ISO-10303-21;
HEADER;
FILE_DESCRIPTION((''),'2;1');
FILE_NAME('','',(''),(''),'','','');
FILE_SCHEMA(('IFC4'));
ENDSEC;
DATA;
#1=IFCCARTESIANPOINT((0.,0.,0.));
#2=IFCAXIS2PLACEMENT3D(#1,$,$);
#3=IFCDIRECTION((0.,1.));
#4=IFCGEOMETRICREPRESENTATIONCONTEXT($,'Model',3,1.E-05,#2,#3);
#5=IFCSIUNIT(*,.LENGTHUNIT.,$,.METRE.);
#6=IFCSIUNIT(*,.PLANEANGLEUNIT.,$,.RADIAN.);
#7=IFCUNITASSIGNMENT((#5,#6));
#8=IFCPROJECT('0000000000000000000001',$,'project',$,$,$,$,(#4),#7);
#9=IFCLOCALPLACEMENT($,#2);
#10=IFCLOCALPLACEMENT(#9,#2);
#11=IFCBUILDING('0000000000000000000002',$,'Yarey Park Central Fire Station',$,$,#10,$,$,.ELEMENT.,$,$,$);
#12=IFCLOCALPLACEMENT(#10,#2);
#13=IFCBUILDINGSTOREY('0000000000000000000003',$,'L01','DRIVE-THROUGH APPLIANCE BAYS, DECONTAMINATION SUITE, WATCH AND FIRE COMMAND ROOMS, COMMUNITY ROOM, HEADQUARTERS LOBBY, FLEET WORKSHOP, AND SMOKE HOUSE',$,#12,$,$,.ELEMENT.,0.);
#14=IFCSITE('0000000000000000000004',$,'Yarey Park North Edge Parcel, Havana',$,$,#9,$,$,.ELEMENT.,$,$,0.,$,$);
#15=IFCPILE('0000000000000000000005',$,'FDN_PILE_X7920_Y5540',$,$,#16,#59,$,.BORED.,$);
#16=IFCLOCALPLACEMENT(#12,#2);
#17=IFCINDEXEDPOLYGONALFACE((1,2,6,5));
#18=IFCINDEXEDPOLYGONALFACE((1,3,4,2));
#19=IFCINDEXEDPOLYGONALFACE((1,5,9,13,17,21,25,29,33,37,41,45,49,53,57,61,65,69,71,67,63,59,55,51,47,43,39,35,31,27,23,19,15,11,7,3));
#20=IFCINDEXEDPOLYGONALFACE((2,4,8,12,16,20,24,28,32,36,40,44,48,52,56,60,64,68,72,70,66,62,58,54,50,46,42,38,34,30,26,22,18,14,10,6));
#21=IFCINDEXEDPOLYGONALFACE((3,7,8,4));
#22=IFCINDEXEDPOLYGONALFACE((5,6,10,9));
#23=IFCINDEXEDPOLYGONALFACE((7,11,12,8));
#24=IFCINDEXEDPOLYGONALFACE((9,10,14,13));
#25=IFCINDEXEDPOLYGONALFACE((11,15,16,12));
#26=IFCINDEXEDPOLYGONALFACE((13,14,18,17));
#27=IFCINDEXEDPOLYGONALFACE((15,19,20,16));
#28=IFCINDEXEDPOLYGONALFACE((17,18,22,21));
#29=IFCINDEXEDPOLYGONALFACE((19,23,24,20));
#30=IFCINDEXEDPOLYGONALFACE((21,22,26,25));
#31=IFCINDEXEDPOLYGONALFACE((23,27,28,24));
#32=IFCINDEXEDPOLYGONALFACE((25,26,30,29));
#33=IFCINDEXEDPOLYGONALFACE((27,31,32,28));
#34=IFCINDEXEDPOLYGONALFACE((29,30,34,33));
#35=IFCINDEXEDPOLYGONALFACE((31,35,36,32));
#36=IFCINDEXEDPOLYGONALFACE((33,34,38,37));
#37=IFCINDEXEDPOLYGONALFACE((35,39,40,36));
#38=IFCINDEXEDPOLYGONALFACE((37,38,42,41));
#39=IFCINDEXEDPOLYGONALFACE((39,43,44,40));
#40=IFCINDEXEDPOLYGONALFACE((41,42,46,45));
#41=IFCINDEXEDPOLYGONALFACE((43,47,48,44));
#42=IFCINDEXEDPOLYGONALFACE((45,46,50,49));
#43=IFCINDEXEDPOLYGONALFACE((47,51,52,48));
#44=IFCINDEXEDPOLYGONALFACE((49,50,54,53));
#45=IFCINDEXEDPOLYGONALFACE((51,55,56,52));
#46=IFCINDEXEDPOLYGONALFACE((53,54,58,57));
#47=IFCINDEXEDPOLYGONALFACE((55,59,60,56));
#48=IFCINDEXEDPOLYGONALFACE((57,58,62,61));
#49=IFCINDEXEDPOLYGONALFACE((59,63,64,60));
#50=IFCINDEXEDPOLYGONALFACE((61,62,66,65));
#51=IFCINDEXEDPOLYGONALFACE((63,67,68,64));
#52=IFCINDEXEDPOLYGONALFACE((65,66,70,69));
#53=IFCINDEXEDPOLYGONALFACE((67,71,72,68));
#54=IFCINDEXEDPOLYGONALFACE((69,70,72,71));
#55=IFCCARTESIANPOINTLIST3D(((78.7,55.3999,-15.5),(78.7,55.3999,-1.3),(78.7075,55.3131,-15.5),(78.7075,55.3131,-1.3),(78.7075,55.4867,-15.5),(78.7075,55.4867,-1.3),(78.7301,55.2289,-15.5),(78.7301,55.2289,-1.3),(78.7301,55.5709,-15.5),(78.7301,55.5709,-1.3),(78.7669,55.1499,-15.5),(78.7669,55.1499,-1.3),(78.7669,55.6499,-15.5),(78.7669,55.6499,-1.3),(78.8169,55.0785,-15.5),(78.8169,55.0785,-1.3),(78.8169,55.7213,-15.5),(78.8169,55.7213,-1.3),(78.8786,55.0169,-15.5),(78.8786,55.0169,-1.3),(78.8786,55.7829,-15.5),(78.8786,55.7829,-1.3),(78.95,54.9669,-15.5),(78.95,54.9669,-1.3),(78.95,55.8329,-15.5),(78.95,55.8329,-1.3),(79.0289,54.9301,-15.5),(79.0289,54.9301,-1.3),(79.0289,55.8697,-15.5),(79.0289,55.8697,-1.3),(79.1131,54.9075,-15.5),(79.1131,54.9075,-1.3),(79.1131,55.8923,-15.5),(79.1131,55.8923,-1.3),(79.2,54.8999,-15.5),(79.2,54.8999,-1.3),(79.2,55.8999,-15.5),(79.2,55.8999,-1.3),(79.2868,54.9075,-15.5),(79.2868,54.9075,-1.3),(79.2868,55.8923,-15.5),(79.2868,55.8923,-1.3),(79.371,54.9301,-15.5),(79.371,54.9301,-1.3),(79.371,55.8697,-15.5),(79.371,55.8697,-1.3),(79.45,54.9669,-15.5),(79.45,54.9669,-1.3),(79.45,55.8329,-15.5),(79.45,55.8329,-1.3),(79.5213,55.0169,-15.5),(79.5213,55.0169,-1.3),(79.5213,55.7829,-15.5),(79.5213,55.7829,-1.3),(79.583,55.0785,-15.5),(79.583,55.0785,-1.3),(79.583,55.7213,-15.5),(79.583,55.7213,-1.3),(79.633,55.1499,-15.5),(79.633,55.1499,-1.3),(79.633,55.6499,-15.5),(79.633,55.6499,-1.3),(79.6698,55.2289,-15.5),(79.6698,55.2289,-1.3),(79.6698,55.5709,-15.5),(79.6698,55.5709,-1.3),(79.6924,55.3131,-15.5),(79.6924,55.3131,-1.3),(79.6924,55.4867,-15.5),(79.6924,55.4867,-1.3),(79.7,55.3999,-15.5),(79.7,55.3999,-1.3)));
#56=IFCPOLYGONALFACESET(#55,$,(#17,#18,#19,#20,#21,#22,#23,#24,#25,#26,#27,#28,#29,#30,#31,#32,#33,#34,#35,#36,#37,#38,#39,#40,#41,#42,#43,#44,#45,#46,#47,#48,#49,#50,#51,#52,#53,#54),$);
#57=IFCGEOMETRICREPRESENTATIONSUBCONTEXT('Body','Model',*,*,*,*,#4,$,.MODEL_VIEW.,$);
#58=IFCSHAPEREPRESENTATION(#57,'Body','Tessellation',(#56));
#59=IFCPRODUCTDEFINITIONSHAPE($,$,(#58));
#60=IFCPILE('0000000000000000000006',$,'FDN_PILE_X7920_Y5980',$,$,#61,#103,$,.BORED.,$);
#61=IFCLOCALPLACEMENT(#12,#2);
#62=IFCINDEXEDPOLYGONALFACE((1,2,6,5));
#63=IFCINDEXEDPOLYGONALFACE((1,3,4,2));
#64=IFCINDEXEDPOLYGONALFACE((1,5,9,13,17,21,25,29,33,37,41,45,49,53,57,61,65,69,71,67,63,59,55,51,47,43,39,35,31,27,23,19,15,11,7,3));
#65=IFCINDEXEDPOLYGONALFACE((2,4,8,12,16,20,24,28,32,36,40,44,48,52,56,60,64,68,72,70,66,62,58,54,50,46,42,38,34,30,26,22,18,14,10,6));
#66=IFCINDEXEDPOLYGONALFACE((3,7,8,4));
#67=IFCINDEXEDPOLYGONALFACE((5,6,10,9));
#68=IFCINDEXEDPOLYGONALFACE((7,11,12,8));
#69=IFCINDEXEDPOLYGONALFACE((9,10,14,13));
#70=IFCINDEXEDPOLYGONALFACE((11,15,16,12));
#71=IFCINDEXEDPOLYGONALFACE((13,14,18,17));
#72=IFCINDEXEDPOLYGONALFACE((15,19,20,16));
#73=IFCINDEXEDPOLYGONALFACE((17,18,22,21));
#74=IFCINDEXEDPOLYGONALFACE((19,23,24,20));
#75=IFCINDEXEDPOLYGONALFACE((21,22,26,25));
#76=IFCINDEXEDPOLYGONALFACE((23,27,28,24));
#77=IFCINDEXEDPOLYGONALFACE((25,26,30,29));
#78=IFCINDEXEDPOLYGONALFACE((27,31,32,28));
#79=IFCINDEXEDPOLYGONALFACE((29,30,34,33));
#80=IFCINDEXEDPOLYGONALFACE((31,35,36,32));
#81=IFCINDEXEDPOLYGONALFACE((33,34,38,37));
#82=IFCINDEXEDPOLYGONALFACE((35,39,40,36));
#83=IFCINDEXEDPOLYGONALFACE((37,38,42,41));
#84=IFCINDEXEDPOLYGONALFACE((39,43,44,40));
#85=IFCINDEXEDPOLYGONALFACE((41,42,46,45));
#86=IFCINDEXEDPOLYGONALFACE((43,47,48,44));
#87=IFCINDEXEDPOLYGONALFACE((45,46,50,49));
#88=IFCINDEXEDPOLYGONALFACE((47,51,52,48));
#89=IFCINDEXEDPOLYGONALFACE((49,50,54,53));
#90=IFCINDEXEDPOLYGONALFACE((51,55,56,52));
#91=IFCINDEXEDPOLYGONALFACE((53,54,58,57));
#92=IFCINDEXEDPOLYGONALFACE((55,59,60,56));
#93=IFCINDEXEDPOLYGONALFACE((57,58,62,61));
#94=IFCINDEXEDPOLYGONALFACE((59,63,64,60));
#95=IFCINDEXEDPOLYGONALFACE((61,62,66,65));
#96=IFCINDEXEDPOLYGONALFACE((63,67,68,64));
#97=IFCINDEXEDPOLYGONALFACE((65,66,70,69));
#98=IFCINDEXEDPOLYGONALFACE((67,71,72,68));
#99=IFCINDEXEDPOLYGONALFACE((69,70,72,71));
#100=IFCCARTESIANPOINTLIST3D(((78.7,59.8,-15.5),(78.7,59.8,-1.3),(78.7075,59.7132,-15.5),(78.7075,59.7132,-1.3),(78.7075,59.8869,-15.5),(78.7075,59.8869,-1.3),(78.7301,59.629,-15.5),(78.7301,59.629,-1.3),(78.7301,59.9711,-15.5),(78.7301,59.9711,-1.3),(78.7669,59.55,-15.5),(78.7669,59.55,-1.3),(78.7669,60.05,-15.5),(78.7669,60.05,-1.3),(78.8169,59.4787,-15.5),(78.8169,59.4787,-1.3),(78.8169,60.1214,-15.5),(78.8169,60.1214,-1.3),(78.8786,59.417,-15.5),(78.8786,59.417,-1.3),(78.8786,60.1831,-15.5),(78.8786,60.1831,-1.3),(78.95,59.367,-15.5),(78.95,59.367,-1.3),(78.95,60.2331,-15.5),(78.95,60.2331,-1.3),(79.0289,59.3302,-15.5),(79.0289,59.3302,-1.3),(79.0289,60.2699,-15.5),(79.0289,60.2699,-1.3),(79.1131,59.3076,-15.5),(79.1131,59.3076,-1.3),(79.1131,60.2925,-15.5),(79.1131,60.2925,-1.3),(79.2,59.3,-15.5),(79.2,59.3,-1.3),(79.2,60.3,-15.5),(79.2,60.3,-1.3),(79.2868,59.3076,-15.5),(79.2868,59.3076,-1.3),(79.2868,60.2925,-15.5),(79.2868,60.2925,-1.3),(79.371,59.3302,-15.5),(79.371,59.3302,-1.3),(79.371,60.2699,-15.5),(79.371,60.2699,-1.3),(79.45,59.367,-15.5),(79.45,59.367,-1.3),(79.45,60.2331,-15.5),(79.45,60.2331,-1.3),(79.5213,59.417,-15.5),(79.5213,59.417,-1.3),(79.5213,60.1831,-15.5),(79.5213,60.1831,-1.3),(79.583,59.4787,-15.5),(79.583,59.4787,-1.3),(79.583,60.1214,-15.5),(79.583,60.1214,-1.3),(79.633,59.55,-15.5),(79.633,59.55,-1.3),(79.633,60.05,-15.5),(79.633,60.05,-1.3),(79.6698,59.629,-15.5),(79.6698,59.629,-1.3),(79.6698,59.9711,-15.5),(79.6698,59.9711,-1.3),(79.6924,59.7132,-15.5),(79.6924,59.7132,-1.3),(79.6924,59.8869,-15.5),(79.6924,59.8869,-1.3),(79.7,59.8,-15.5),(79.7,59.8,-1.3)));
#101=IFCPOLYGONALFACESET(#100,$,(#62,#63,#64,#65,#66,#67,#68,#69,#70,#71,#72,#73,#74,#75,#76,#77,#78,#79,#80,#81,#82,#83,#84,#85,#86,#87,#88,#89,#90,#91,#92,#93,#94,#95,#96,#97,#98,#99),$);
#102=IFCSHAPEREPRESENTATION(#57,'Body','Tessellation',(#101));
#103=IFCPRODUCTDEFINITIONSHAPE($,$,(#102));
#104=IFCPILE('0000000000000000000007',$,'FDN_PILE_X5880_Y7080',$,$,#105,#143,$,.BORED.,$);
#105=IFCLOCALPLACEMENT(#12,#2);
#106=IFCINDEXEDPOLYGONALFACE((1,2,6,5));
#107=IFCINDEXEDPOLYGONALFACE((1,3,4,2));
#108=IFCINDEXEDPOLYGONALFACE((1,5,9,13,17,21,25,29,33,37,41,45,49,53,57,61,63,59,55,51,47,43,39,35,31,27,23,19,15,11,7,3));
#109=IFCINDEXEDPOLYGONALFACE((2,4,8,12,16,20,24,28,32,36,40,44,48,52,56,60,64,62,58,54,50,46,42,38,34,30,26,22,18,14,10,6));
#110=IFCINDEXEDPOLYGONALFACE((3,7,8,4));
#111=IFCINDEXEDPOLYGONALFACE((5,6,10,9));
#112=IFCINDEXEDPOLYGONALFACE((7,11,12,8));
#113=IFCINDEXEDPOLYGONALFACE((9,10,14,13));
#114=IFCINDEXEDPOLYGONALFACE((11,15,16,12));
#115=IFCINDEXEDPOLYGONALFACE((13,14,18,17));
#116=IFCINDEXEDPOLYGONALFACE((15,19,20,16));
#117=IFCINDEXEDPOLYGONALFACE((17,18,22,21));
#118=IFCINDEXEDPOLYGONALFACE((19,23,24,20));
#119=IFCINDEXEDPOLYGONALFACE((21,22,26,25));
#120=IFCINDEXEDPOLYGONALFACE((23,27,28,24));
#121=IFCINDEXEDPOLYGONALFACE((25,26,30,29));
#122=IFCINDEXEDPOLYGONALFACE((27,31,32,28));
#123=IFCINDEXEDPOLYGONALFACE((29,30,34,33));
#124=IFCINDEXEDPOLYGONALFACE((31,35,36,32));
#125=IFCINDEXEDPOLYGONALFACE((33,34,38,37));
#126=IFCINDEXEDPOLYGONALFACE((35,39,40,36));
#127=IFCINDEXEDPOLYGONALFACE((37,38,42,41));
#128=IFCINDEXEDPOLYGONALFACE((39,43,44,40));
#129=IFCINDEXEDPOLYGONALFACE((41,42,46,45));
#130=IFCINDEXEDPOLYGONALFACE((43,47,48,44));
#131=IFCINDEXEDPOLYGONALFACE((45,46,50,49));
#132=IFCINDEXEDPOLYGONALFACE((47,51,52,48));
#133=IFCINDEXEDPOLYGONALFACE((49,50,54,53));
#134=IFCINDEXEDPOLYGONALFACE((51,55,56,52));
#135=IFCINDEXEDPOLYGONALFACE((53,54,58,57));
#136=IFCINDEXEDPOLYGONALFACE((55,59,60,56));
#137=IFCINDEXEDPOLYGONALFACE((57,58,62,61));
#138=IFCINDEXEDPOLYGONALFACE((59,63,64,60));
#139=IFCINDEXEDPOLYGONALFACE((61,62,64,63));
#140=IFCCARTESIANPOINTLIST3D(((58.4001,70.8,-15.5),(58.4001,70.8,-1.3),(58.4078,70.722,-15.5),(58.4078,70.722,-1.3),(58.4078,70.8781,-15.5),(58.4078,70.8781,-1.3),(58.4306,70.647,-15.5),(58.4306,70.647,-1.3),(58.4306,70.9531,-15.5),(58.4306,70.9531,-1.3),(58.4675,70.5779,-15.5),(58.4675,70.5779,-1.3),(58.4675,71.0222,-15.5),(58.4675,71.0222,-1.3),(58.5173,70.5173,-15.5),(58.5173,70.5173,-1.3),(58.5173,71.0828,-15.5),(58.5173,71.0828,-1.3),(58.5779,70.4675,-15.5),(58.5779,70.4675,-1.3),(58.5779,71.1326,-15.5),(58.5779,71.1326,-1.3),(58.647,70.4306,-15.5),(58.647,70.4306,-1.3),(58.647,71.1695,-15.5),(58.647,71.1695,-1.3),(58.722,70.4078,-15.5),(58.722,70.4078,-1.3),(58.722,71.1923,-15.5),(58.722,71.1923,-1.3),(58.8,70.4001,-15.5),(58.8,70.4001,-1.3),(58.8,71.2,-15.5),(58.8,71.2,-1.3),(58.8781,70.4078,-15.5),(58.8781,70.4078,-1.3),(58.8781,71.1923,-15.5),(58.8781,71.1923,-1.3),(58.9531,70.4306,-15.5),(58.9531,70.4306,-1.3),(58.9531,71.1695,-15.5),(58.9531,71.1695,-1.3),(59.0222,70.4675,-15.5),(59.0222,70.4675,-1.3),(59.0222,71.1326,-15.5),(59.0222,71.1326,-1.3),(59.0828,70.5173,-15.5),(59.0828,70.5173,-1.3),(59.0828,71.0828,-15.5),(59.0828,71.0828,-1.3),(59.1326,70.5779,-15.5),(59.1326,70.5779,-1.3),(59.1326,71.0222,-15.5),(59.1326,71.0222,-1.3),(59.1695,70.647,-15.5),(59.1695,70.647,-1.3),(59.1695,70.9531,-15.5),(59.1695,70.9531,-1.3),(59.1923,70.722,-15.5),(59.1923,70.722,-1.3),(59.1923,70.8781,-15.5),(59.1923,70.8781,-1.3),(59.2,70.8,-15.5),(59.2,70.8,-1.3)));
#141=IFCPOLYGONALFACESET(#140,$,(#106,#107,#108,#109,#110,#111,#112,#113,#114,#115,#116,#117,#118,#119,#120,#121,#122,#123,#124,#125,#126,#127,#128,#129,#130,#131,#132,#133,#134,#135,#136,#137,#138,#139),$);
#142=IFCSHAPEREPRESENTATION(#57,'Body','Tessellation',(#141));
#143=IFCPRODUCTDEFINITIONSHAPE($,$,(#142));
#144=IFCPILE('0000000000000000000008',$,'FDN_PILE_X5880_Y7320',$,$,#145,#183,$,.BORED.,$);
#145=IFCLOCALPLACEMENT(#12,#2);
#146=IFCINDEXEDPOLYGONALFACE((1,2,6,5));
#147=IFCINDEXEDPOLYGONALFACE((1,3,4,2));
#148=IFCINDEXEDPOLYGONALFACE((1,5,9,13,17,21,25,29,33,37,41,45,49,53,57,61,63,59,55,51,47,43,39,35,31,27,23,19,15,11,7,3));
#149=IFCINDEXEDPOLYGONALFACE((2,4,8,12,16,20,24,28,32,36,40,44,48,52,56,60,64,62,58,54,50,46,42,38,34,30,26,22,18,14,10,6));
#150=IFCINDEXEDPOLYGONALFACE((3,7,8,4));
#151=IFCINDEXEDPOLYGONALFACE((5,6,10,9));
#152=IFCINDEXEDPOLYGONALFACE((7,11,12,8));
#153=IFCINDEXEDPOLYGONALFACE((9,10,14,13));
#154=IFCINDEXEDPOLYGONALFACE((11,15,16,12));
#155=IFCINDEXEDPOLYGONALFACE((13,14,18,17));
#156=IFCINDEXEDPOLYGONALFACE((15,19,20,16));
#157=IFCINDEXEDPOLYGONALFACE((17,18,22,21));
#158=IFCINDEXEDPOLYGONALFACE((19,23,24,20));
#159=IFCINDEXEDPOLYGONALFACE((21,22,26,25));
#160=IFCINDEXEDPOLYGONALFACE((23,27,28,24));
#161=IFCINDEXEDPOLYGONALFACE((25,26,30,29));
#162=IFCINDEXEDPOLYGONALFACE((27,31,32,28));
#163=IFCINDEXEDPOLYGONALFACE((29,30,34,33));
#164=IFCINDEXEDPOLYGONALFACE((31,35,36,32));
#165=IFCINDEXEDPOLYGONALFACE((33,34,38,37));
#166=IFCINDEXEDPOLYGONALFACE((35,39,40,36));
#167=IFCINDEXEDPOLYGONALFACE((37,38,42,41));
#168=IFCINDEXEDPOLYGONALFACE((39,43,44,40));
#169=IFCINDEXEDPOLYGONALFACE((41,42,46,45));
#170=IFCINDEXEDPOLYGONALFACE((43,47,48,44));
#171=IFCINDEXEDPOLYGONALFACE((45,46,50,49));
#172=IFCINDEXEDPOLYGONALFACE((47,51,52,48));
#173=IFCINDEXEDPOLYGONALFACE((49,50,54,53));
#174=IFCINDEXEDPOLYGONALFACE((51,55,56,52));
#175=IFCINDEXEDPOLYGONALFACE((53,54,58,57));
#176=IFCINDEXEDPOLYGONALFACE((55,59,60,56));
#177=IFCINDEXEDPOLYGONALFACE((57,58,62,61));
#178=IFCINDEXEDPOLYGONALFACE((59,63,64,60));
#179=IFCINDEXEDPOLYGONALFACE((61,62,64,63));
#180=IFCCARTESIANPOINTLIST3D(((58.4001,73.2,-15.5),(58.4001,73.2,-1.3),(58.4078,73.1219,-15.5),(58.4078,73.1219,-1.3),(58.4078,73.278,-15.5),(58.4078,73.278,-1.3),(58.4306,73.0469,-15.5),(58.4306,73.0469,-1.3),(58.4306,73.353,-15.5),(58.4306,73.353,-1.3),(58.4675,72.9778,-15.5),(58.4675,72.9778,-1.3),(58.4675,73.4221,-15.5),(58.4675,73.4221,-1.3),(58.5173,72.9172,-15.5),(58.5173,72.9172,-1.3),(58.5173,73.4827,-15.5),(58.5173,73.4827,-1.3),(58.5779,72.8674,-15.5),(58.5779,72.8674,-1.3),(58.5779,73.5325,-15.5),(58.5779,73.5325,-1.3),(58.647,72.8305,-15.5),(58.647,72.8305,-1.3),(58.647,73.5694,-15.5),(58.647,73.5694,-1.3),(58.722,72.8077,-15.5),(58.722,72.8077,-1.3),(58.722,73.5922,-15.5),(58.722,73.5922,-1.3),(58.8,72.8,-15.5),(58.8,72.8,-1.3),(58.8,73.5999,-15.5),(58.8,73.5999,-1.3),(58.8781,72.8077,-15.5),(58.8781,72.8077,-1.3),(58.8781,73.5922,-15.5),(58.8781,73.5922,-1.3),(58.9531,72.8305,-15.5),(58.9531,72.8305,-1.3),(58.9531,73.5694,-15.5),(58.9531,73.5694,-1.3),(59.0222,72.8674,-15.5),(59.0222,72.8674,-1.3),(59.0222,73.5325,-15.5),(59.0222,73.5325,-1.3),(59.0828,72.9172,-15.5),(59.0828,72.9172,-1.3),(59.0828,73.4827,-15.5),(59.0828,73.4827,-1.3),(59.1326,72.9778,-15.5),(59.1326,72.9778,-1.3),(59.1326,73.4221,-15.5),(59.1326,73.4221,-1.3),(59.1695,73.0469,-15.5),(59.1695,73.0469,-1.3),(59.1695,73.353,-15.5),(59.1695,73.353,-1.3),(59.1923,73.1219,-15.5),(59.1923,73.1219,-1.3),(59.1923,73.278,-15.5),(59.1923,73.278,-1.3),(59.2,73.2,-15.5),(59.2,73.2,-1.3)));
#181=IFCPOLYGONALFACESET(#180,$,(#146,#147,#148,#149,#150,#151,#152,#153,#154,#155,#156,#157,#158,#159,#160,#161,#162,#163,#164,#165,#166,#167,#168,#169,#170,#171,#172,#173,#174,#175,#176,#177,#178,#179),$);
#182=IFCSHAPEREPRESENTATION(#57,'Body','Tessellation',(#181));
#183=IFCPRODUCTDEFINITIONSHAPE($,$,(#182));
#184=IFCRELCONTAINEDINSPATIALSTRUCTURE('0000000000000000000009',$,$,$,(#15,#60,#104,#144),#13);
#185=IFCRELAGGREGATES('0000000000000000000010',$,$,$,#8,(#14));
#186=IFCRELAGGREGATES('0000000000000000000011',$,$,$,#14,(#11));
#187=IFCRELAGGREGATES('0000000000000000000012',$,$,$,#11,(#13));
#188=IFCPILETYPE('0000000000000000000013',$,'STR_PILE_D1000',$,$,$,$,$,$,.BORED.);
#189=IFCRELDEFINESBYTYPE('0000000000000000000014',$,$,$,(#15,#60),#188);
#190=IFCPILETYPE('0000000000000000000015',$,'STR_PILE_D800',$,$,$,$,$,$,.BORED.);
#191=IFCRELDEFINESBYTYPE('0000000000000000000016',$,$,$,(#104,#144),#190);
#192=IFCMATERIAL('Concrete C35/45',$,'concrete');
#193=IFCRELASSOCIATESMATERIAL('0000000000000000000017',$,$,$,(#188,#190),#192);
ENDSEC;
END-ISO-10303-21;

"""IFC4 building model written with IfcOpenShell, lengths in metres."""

from ifc_helpers import new_model, si_unit, direction, frame, origin, origin_2d, place, context, subcontext, project, spatial, circle, extrude, material, material_profile, profile_set, type_object, element, save


model = new_model("IFC4")

# Units and contexts
model_context = context("Model", 3, precision=1e-05, world=origin(), true_north=direction((0.0, 1.0)))
body_context = subcontext(model_context, "Body", "Model", "MODEL_VIEW")
ifc_project = project(units=[si_unit("LENGTHUNIT", "METRE"), si_unit("PLANEANGLEUNIT", "RADIAN")], contexts=[model_context])

# Site, building, storey
site_placement = place(None, origin())
site = spatial("IfcSite", under=ifc_project, at=site_placement, Name="Yarey Park North Edge Parcel, Havana", CompositionType="ELEMENT", RefElevation=0.0)
building_placement = place(site_placement, origin())
building = spatial("IfcBuilding", under=site, at=building_placement, Name="Yarey Park Central Fire Station", CompositionType="ELEMENT")
storey_placement = place(building_placement, origin())
storey = spatial("IfcBuildingStorey", under=building, at=storey_placement, Name="L01", Description="DRIVE-THROUGH APPLIANCE BAYS, DECONTAMINATION SUITE, WATCH AND FIRE COMMAND ROOMS, COMMUNITY ROOM, HEADQUARTERS LOBBY, FLEET WORKSHOP, AND SMOKE HOUSE", CompositionType="ELEMENT", Elevation=0.0)

# Shared definitions
ifc_material_1 = material(Name="Concrete C35/45", Category="concrete")

# Piles
ifc_material_profile_1 = material_profile(ifc_material_1, circle(Radius=0.5, at=origin_2d()), Name="BORED PILE D1000")
ifc_profile_set_1 = profile_set([ifc_material_profile_1], Name="Concrete C35/45")
pile_type_1 = type_object("IfcPileType", Name="STR_PILE_D1000", PredefinedType="BORED", material=ifc_profile_set_1)
for number, where, z_axis, x_axis, name in (
    (1, (79.2, 55.3999, -1.3), (0.0, 0.0, -1.0), (1.0, 0.0, 0.0), "FDN_PILE_X7920_Y5540"),
    (2, (79.2, 59.8, -1.3), (0.0, 0.0, -1.0), (1.0, 0.0, 0.0), "FDN_PILE_X7920_Y5980"),
):
    element("IfcPile", number, at=place(storey_placement, frame(where, z_axis=z_axis, x_axis=x_axis)), inside=storey, type_object=pile_type_1, Name=name, PredefinedType="BORED", context=body_context, shape_type="SweptSolid", body=[
        extrude(circle(Radius=0.5, at=origin_2d()), origin(), (0.0, 0.0, 1.0), 14.2),
    ])
ifc_material_profile_2 = material_profile(ifc_material_1, circle(Radius=0.3999, at=origin_2d()), Name="BORED PILE D800")
ifc_profile_set_2 = profile_set([ifc_material_profile_2], Name="Concrete C35/45")
pile_type_2 = type_object("IfcPileType", Name="STR_PILE_D800", PredefinedType="BORED", material=ifc_profile_set_2)
for number, where, z_axis, x_axis, name in (
    (3, (58.8, 70.8, -1.3), (0.0, 0.0, -1.0), (1.0, 0.0, 0.0), "FDN_PILE_X5880_Y7080"),
    (4, (58.8, 73.2, -1.3), (0.0, 0.0, -1.0), (1.0, 0.0, 0.0), "FDN_PILE_X5880_Y7320"),
):
    element("IfcPile", number, at=place(storey_placement, frame(where, z_axis=z_axis, x_axis=x_axis)), inside=storey, type_object=pile_type_2, Name=name, PredefinedType="BORED", context=body_context, shape_type="SweptSolid", body=[
        extrude(circle(Radius=0.3999, at=origin_2d()), origin(), (0.0, 0.0, 1.0), 14.2),
    ])

save(model, "model.ifc")
